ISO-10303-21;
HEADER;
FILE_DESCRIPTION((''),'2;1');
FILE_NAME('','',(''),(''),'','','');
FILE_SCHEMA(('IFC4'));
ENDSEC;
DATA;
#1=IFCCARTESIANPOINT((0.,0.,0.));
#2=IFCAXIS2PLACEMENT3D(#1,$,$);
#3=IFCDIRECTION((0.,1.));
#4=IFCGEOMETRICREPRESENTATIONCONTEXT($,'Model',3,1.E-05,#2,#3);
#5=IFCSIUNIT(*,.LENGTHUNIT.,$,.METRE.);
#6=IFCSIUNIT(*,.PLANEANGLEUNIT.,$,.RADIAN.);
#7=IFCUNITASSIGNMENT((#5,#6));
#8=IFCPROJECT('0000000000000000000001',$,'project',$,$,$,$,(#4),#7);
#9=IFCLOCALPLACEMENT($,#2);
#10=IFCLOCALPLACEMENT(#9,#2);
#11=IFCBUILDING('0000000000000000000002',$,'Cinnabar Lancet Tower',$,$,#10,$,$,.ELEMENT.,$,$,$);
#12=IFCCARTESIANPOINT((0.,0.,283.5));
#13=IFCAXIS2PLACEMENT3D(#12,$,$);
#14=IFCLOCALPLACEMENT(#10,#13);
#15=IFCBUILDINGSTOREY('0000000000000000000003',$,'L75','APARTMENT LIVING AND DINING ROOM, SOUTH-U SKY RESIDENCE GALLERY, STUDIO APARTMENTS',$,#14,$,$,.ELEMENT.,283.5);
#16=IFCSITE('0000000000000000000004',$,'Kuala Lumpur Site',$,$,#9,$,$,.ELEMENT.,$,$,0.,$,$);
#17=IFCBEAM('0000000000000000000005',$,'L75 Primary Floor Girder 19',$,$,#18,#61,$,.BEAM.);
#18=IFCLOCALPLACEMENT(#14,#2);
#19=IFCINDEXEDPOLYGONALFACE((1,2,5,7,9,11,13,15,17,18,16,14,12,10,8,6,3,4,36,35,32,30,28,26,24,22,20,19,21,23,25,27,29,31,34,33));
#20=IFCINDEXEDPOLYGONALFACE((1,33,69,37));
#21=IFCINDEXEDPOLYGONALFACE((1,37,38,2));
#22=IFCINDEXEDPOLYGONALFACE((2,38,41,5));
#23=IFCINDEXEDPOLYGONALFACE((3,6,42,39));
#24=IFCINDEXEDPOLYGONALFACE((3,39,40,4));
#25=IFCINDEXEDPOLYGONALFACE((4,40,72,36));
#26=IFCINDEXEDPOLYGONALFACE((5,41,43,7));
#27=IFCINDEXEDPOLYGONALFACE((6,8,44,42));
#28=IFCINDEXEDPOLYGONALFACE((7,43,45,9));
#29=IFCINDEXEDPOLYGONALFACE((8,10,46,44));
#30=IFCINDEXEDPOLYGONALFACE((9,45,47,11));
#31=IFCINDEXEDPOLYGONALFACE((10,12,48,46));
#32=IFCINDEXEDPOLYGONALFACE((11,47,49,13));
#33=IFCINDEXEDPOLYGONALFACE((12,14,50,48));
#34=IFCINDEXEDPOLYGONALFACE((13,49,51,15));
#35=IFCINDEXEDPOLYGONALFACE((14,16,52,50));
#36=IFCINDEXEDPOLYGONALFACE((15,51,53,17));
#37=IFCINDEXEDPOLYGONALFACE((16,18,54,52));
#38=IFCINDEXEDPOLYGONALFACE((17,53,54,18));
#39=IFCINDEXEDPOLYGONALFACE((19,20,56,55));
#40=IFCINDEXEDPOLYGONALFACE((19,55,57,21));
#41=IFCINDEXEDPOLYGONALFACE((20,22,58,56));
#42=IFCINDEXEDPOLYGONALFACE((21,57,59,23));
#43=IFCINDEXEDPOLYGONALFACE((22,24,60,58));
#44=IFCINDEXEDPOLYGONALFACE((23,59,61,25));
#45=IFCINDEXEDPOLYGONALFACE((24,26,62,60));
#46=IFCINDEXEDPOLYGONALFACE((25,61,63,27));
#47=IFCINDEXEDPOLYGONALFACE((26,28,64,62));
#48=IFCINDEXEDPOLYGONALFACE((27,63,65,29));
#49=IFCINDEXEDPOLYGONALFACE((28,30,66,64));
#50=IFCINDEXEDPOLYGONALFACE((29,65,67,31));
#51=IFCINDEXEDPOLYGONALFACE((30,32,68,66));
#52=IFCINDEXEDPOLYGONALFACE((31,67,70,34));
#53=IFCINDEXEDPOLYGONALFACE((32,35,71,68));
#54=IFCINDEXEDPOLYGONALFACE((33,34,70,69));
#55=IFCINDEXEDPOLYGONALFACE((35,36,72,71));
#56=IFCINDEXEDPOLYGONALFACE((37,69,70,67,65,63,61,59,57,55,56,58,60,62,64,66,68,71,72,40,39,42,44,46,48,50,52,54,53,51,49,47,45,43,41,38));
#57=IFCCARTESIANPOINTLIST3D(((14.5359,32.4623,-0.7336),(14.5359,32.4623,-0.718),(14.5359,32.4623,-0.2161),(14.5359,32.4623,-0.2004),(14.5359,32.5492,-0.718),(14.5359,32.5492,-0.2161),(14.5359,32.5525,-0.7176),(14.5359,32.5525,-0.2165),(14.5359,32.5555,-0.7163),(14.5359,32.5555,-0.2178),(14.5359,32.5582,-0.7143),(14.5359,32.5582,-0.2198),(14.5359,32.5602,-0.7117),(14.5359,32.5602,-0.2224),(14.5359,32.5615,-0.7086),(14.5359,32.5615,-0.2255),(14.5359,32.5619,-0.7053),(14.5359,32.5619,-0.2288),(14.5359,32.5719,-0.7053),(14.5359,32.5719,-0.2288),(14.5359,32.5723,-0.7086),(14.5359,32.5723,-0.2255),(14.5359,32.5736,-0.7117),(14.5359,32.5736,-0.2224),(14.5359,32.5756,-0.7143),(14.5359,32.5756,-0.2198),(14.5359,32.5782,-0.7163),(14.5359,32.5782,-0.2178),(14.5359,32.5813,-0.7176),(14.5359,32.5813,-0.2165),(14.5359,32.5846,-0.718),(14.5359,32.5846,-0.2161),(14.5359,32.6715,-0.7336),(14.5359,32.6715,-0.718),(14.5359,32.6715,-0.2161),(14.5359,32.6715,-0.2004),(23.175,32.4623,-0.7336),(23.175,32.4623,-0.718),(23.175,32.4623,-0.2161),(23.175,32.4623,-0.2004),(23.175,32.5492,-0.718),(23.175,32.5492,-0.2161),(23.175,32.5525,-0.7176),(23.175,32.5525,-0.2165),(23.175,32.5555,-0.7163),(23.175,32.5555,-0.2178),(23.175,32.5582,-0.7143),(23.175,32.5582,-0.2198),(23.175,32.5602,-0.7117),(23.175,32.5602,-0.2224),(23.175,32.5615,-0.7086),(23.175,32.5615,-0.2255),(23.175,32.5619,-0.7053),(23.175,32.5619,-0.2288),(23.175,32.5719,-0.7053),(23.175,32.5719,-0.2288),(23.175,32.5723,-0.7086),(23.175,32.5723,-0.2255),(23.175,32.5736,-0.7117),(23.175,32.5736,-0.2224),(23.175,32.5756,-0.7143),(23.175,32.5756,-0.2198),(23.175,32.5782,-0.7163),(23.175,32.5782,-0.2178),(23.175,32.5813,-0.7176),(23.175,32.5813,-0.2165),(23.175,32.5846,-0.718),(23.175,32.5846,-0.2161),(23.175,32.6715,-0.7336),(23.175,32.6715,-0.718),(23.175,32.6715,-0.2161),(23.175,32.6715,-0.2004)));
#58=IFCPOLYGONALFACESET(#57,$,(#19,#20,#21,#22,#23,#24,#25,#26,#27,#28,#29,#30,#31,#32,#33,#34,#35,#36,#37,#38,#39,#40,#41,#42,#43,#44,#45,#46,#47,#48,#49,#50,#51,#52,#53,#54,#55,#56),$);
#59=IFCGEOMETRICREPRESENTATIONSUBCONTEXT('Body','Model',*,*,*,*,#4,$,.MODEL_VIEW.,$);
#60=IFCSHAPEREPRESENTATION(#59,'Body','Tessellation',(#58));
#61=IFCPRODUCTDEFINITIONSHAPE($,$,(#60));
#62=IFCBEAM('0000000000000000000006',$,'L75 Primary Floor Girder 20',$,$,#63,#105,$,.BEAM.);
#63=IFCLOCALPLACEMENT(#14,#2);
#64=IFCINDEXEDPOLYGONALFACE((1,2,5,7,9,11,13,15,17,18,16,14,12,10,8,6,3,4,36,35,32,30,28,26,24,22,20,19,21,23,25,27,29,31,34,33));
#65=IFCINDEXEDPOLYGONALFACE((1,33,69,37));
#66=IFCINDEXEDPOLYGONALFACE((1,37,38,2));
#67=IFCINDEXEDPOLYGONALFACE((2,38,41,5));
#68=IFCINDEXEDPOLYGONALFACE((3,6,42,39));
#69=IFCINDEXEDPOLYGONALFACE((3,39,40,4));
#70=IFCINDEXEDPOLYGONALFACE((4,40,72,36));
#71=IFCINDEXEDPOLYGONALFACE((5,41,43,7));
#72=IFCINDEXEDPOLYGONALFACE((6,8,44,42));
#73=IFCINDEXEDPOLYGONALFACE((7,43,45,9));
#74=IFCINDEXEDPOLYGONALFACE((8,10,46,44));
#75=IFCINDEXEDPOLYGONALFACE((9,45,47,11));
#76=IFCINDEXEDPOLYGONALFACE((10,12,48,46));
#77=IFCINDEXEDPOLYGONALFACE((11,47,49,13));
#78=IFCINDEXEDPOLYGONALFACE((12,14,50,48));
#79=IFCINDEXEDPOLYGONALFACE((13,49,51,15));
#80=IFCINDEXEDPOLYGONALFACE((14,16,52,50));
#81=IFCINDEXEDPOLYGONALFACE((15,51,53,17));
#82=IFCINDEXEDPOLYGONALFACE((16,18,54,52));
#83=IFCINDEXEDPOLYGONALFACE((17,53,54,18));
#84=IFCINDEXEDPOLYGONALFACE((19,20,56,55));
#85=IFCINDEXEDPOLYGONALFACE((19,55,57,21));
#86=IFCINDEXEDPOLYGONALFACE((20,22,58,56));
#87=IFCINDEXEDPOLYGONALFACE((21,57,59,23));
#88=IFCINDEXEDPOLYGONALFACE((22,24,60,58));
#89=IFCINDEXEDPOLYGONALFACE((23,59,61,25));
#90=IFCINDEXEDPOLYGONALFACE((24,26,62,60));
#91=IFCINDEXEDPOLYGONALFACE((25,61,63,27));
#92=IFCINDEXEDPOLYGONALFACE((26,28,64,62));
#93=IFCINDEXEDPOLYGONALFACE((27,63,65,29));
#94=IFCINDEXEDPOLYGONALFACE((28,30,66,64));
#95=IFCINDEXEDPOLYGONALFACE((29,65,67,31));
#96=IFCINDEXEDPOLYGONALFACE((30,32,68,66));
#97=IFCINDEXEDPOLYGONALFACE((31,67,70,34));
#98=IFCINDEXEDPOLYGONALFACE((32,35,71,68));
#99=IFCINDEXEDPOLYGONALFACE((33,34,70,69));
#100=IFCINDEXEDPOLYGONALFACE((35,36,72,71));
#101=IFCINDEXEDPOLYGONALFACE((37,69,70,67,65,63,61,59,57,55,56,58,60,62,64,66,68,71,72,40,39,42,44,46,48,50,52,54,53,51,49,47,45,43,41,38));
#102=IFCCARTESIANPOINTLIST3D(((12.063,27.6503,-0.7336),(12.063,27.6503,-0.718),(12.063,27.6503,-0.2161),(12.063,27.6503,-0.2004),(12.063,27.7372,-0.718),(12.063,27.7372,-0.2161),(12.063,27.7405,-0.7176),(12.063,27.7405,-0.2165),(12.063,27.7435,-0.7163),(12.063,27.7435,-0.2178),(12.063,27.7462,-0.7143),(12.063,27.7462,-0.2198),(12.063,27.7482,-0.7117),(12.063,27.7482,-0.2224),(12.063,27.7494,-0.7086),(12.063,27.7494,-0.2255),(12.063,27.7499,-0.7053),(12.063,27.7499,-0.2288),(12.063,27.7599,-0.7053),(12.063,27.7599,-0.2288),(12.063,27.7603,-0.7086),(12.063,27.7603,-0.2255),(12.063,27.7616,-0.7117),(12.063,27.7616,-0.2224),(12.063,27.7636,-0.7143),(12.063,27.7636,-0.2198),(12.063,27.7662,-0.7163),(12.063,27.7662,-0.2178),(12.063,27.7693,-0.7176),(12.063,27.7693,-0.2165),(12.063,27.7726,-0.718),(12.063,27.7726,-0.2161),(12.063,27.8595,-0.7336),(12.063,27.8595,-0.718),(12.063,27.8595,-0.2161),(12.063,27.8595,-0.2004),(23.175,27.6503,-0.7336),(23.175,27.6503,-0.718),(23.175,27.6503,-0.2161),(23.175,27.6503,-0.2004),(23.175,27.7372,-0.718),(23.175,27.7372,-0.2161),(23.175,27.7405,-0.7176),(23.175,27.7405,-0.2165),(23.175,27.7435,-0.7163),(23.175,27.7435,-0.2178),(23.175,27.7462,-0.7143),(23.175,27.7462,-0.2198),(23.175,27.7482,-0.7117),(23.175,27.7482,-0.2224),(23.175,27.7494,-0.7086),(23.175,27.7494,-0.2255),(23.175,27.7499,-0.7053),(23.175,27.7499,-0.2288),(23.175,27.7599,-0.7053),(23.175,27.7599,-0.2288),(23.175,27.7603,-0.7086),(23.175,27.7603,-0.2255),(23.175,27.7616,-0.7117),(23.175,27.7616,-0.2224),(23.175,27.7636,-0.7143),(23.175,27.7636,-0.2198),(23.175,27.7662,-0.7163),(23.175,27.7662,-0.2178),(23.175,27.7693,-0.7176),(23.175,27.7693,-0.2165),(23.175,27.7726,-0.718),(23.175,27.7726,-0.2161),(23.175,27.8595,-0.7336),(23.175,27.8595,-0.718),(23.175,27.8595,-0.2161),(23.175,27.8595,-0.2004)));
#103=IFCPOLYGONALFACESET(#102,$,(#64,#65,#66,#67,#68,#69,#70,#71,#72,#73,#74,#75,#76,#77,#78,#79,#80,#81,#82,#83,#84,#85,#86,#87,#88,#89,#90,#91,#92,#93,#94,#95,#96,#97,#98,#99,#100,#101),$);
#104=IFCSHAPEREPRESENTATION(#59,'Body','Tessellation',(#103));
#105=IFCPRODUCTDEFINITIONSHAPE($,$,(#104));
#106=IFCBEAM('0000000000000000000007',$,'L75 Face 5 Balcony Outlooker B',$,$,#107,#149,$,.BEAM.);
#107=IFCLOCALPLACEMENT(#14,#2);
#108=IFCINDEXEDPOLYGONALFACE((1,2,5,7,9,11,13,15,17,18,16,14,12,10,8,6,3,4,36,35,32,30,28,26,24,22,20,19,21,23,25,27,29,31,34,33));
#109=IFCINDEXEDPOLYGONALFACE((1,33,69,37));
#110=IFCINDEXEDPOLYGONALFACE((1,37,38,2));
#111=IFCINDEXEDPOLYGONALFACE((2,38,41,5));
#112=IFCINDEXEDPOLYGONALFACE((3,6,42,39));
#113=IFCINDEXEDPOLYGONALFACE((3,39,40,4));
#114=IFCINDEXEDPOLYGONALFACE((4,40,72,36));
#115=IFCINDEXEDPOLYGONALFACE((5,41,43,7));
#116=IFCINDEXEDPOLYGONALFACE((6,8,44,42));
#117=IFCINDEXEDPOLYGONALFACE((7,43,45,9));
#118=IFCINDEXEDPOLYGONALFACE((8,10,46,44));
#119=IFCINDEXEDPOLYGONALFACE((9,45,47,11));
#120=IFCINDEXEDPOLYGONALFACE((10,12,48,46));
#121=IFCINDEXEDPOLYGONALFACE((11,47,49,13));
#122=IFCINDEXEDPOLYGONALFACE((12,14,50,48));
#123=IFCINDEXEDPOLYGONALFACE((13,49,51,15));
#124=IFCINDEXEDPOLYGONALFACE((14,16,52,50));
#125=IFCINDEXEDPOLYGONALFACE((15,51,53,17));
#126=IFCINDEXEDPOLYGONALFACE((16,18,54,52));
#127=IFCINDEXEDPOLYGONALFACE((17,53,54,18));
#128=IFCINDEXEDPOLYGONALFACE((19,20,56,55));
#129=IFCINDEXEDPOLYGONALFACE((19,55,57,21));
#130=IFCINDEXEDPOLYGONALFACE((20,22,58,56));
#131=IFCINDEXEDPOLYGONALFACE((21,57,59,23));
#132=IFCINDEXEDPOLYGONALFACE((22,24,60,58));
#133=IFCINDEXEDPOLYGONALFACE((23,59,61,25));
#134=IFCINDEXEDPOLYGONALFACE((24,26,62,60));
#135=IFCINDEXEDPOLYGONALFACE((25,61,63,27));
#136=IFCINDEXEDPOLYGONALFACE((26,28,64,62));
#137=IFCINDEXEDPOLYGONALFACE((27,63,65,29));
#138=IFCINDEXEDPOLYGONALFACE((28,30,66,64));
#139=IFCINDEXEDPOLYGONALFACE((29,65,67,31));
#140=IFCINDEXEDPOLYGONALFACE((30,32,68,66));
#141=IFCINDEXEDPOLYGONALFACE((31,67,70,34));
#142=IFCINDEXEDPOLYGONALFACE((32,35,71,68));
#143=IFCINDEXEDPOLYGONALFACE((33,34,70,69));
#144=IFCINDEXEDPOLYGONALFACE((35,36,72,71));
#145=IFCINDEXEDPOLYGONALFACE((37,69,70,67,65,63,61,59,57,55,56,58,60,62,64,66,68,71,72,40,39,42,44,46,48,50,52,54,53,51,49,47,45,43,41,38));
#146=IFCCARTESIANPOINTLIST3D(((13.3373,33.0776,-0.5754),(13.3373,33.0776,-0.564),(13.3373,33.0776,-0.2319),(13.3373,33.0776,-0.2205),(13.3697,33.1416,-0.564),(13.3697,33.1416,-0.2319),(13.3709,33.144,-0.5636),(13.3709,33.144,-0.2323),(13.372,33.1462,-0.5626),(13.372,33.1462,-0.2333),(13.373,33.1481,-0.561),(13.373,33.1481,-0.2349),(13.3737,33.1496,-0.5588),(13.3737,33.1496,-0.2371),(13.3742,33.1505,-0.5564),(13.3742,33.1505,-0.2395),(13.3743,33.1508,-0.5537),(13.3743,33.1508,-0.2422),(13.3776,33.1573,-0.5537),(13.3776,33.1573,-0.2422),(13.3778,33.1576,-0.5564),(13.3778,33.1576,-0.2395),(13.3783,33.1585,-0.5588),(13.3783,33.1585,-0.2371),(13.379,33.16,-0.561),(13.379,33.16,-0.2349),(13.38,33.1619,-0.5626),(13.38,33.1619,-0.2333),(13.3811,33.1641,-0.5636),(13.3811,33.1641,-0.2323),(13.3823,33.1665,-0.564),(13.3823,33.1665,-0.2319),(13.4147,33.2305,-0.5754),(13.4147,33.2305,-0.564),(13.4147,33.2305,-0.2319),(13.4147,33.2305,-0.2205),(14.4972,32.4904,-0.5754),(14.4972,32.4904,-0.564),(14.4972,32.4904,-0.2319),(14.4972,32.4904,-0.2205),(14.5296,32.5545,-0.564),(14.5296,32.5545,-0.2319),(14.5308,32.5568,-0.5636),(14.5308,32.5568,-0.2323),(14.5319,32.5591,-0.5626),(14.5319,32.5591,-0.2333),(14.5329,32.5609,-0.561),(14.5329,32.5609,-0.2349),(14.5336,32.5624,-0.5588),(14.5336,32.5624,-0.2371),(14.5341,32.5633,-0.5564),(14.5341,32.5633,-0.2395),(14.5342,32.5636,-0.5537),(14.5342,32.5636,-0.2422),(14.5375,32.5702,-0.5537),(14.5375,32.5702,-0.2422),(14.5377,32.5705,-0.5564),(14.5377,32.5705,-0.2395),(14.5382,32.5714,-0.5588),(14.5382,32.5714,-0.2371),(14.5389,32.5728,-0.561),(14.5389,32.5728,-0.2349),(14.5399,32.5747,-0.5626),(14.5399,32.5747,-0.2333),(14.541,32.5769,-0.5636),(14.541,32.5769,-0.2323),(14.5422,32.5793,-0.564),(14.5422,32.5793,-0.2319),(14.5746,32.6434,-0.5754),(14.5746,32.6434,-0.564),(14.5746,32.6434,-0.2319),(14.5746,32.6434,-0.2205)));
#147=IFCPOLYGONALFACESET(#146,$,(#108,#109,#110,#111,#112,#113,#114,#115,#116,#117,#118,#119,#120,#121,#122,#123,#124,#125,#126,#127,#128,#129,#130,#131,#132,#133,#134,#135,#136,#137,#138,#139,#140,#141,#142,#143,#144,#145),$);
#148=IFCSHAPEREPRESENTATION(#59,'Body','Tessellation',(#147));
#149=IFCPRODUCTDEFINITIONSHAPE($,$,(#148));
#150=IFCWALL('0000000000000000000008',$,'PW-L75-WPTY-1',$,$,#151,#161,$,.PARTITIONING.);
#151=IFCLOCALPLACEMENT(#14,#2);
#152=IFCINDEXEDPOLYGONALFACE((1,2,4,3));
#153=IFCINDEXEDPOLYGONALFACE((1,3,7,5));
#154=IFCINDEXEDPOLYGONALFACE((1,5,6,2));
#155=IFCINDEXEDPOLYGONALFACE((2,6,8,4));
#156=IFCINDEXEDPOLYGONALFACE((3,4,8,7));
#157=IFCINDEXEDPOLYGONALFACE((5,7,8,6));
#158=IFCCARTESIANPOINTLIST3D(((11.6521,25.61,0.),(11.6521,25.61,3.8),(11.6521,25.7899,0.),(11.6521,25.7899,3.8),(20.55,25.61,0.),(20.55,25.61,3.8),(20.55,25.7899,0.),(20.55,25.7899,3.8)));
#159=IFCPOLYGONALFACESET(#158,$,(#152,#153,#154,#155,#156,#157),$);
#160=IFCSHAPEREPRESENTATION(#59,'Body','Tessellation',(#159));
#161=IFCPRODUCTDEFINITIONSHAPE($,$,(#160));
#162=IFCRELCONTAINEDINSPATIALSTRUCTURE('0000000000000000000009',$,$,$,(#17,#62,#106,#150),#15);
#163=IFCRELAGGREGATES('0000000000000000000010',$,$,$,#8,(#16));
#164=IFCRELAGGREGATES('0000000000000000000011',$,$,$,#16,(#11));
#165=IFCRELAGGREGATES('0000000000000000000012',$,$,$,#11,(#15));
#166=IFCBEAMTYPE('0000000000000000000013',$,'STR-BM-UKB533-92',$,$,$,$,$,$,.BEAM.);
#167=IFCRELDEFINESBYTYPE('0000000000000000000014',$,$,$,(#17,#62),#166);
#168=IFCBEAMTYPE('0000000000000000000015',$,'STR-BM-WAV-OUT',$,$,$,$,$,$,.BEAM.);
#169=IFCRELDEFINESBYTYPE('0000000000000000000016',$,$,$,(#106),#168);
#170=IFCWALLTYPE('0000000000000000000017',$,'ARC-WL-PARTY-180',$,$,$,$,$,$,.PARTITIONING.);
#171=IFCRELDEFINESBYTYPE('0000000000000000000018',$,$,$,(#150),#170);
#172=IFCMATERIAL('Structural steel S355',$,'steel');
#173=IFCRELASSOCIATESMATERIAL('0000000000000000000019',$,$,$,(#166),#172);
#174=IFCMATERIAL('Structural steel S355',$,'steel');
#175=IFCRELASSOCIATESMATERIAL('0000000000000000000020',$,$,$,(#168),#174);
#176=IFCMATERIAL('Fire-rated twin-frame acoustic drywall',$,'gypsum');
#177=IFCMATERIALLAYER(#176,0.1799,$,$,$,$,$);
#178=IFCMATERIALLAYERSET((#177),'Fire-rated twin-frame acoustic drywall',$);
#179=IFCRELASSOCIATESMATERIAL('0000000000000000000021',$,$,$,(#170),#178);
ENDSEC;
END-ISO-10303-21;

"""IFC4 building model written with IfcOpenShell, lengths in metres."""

from ifc_helpers import new_model, si_unit, direction, frame, frame_2d, origin, origin_2d, place, context, subcontext, project, spatial, rectangle, i_section, extrude, material, layer, layer_set, material_profile, profile_set, type_object, element, save


model = new_model("IFC4")

# Units and contexts
model_context = context("Model", 3, precision=1e-05, world=origin(), true_north=direction((0.0, 1.0)))
body_context = subcontext(model_context, "Body", "Model", "MODEL_VIEW")
ifc_project = project(units=[si_unit("LENGTHUNIT", "METRE"), si_unit("PLANEANGLEUNIT", "RADIAN")], contexts=[model_context])

# Site, building, storey
site_placement = place(None, origin())
site = spatial("IfcSite", under=ifc_project, at=site_placement, Name="Kuala Lumpur Site", CompositionType="ELEMENT", RefElevation=0.0)
building_placement = place(site_placement, origin())
building = spatial("IfcBuilding", under=site, at=building_placement, Name="Cinnabar Lancet Tower", CompositionType="ELEMENT")
storey_placement = place(building_placement, frame((0.0, 0.0, 283.5)))
storey = spatial("IfcBuildingStorey", under=building, at=storey_placement, Name="L75", Description="APARTMENT LIVING AND DINING ROOM, SOUTH-U SKY RESIDENCE GALLERY, STUDIO APARTMENTS", CompositionType="ELEMENT", Elevation=283.5)

# Beams
ifc_material_1 = material(Name="Structural steel S355", Category="steel")
ifc_material_profile_1 = material_profile(ifc_material_1, i_section(OverallWidth=0.2092, OverallDepth=0.5332, WebThickness=0.01, FlangeThickness=0.0156, FilletRadius=0.0127, at=origin_2d()), Name="UKB 533x210x92")
ifc_profile_set_1 = profile_set([ifc_material_profile_1], Name="Structural steel S355")
beam_type_1 = type_object("IfcBeamType", Name="STR-BM-UKB533-92", PredefinedType="BEAM", material=ifc_profile_set_1)
beam_1_placement = place(storey_placement, frame((14.5359, 32.5669, -0.467), z_axis=(1.0, 0.0, 0.0), x_axis=(0.0, 1.0, 0.0)))
element("IfcBeam", 1, at=beam_1_placement, inside=storey, type_object=beam_type_1, Name="L75 Primary Floor Girder 19", PredefinedType="BEAM", context=body_context, shape_type="SweptSolid", body=[
    extrude(i_section(OverallWidth=0.2092, OverallDepth=0.5332, WebThickness=0.01, FlangeThickness=0.0156, FilletRadius=0.0127, at=origin_2d()), origin(), (0.0, 0.0, 1.0), 8.6392),
])
beam_2_placement = place(storey_placement, frame((12.063, 27.7549, -0.467), z_axis=(1.0, 0.0, 0.0), x_axis=(0.0, 1.0, 0.0)))
element("IfcBeam", 2, at=beam_2_placement, inside=storey, type_object=beam_type_1, Name="L75 Primary Floor Girder 20", PredefinedType="BEAM", context=body_context, shape_type="SweptSolid", body=[
    extrude(i_section(OverallWidth=0.2092, OverallDepth=0.5332, WebThickness=0.01, FlangeThickness=0.0156, FilletRadius=0.0127, at=origin_2d()), origin(), (0.0, 0.0, 1.0), 11.1121),
])
ifc_material_2 = material(Name="Structural steel S355", Category="steel")
ifc_material_profile_2 = material_profile(ifc_material_2, i_section(OverallWidth=0.1714, OverallDepth=0.355, WebThickness=0.0073, FlangeThickness=0.0115, FilletRadius=0.0103, at=origin_2d()), Name="UKB 356x171x51")
ifc_profile_set_2 = profile_set([ifc_material_profile_2], Name="Structural steel S355")
beam_type_2 = type_object("IfcBeamType", Name="STR-BM-WAV-OUT", PredefinedType="BEAM", material=ifc_profile_set_2)
beam_3_placement = place(storey_placement, frame((14.5359, 32.5669, -0.3979), z_axis=(-0.8922, 0.45164, 0.0), x_axis=(-0.45164, -0.8922, 0.0)))
element("IfcBeam", 3, at=beam_3_placement, inside=storey, type_object=beam_type_2, Name="L75 Face 5 Balcony Outlooker B", PredefinedType="BEAM", context=body_context, shape_type="SweptSolid", body=[
    extrude(i_section(OverallWidth=0.1714, OverallDepth=0.355, WebThickness=0.0073, FlangeThickness=0.0115, FilletRadius=0.0103, at=origin_2d()), origin(), (0.0, 0.0, 1.0), 1.3),
])

# Wall
ifc_material_3 = material(Name="Fire-rated twin-frame acoustic drywall", Category="gypsum")
ifc_layer_1 = layer(ifc_material_3, 0.1799)
ifc_layer_set_1 = layer_set([ifc_layer_1], Name="Fire-rated twin-frame acoustic drywall")
wall_type_1 = type_object("IfcWallType", Name="ARC-WL-PARTY-180", PredefinedType="PARTITIONING", material=ifc_layer_set_1)
wall_1_placement = place(storey_placement, frame((11.6521, 25.7, 0.0), z_axis=(0.0, 0.0, 1.0), x_axis=(1.0, 0.0, 0.0)))
element("IfcWall", 4, at=wall_1_placement, inside=storey, type_object=wall_type_1, Name="PW-L75-WPTY-1", PredefinedType="PARTITIONING", context=body_context, shape_type="SweptSolid", body=[
    extrude(rectangle(XDim=8.8979, YDim=0.1799, at=frame_2d((4.449, 0.0))), origin(), (0.0, 0.0, 1.0), 3.8),
])

save(model, "model.ifc")
